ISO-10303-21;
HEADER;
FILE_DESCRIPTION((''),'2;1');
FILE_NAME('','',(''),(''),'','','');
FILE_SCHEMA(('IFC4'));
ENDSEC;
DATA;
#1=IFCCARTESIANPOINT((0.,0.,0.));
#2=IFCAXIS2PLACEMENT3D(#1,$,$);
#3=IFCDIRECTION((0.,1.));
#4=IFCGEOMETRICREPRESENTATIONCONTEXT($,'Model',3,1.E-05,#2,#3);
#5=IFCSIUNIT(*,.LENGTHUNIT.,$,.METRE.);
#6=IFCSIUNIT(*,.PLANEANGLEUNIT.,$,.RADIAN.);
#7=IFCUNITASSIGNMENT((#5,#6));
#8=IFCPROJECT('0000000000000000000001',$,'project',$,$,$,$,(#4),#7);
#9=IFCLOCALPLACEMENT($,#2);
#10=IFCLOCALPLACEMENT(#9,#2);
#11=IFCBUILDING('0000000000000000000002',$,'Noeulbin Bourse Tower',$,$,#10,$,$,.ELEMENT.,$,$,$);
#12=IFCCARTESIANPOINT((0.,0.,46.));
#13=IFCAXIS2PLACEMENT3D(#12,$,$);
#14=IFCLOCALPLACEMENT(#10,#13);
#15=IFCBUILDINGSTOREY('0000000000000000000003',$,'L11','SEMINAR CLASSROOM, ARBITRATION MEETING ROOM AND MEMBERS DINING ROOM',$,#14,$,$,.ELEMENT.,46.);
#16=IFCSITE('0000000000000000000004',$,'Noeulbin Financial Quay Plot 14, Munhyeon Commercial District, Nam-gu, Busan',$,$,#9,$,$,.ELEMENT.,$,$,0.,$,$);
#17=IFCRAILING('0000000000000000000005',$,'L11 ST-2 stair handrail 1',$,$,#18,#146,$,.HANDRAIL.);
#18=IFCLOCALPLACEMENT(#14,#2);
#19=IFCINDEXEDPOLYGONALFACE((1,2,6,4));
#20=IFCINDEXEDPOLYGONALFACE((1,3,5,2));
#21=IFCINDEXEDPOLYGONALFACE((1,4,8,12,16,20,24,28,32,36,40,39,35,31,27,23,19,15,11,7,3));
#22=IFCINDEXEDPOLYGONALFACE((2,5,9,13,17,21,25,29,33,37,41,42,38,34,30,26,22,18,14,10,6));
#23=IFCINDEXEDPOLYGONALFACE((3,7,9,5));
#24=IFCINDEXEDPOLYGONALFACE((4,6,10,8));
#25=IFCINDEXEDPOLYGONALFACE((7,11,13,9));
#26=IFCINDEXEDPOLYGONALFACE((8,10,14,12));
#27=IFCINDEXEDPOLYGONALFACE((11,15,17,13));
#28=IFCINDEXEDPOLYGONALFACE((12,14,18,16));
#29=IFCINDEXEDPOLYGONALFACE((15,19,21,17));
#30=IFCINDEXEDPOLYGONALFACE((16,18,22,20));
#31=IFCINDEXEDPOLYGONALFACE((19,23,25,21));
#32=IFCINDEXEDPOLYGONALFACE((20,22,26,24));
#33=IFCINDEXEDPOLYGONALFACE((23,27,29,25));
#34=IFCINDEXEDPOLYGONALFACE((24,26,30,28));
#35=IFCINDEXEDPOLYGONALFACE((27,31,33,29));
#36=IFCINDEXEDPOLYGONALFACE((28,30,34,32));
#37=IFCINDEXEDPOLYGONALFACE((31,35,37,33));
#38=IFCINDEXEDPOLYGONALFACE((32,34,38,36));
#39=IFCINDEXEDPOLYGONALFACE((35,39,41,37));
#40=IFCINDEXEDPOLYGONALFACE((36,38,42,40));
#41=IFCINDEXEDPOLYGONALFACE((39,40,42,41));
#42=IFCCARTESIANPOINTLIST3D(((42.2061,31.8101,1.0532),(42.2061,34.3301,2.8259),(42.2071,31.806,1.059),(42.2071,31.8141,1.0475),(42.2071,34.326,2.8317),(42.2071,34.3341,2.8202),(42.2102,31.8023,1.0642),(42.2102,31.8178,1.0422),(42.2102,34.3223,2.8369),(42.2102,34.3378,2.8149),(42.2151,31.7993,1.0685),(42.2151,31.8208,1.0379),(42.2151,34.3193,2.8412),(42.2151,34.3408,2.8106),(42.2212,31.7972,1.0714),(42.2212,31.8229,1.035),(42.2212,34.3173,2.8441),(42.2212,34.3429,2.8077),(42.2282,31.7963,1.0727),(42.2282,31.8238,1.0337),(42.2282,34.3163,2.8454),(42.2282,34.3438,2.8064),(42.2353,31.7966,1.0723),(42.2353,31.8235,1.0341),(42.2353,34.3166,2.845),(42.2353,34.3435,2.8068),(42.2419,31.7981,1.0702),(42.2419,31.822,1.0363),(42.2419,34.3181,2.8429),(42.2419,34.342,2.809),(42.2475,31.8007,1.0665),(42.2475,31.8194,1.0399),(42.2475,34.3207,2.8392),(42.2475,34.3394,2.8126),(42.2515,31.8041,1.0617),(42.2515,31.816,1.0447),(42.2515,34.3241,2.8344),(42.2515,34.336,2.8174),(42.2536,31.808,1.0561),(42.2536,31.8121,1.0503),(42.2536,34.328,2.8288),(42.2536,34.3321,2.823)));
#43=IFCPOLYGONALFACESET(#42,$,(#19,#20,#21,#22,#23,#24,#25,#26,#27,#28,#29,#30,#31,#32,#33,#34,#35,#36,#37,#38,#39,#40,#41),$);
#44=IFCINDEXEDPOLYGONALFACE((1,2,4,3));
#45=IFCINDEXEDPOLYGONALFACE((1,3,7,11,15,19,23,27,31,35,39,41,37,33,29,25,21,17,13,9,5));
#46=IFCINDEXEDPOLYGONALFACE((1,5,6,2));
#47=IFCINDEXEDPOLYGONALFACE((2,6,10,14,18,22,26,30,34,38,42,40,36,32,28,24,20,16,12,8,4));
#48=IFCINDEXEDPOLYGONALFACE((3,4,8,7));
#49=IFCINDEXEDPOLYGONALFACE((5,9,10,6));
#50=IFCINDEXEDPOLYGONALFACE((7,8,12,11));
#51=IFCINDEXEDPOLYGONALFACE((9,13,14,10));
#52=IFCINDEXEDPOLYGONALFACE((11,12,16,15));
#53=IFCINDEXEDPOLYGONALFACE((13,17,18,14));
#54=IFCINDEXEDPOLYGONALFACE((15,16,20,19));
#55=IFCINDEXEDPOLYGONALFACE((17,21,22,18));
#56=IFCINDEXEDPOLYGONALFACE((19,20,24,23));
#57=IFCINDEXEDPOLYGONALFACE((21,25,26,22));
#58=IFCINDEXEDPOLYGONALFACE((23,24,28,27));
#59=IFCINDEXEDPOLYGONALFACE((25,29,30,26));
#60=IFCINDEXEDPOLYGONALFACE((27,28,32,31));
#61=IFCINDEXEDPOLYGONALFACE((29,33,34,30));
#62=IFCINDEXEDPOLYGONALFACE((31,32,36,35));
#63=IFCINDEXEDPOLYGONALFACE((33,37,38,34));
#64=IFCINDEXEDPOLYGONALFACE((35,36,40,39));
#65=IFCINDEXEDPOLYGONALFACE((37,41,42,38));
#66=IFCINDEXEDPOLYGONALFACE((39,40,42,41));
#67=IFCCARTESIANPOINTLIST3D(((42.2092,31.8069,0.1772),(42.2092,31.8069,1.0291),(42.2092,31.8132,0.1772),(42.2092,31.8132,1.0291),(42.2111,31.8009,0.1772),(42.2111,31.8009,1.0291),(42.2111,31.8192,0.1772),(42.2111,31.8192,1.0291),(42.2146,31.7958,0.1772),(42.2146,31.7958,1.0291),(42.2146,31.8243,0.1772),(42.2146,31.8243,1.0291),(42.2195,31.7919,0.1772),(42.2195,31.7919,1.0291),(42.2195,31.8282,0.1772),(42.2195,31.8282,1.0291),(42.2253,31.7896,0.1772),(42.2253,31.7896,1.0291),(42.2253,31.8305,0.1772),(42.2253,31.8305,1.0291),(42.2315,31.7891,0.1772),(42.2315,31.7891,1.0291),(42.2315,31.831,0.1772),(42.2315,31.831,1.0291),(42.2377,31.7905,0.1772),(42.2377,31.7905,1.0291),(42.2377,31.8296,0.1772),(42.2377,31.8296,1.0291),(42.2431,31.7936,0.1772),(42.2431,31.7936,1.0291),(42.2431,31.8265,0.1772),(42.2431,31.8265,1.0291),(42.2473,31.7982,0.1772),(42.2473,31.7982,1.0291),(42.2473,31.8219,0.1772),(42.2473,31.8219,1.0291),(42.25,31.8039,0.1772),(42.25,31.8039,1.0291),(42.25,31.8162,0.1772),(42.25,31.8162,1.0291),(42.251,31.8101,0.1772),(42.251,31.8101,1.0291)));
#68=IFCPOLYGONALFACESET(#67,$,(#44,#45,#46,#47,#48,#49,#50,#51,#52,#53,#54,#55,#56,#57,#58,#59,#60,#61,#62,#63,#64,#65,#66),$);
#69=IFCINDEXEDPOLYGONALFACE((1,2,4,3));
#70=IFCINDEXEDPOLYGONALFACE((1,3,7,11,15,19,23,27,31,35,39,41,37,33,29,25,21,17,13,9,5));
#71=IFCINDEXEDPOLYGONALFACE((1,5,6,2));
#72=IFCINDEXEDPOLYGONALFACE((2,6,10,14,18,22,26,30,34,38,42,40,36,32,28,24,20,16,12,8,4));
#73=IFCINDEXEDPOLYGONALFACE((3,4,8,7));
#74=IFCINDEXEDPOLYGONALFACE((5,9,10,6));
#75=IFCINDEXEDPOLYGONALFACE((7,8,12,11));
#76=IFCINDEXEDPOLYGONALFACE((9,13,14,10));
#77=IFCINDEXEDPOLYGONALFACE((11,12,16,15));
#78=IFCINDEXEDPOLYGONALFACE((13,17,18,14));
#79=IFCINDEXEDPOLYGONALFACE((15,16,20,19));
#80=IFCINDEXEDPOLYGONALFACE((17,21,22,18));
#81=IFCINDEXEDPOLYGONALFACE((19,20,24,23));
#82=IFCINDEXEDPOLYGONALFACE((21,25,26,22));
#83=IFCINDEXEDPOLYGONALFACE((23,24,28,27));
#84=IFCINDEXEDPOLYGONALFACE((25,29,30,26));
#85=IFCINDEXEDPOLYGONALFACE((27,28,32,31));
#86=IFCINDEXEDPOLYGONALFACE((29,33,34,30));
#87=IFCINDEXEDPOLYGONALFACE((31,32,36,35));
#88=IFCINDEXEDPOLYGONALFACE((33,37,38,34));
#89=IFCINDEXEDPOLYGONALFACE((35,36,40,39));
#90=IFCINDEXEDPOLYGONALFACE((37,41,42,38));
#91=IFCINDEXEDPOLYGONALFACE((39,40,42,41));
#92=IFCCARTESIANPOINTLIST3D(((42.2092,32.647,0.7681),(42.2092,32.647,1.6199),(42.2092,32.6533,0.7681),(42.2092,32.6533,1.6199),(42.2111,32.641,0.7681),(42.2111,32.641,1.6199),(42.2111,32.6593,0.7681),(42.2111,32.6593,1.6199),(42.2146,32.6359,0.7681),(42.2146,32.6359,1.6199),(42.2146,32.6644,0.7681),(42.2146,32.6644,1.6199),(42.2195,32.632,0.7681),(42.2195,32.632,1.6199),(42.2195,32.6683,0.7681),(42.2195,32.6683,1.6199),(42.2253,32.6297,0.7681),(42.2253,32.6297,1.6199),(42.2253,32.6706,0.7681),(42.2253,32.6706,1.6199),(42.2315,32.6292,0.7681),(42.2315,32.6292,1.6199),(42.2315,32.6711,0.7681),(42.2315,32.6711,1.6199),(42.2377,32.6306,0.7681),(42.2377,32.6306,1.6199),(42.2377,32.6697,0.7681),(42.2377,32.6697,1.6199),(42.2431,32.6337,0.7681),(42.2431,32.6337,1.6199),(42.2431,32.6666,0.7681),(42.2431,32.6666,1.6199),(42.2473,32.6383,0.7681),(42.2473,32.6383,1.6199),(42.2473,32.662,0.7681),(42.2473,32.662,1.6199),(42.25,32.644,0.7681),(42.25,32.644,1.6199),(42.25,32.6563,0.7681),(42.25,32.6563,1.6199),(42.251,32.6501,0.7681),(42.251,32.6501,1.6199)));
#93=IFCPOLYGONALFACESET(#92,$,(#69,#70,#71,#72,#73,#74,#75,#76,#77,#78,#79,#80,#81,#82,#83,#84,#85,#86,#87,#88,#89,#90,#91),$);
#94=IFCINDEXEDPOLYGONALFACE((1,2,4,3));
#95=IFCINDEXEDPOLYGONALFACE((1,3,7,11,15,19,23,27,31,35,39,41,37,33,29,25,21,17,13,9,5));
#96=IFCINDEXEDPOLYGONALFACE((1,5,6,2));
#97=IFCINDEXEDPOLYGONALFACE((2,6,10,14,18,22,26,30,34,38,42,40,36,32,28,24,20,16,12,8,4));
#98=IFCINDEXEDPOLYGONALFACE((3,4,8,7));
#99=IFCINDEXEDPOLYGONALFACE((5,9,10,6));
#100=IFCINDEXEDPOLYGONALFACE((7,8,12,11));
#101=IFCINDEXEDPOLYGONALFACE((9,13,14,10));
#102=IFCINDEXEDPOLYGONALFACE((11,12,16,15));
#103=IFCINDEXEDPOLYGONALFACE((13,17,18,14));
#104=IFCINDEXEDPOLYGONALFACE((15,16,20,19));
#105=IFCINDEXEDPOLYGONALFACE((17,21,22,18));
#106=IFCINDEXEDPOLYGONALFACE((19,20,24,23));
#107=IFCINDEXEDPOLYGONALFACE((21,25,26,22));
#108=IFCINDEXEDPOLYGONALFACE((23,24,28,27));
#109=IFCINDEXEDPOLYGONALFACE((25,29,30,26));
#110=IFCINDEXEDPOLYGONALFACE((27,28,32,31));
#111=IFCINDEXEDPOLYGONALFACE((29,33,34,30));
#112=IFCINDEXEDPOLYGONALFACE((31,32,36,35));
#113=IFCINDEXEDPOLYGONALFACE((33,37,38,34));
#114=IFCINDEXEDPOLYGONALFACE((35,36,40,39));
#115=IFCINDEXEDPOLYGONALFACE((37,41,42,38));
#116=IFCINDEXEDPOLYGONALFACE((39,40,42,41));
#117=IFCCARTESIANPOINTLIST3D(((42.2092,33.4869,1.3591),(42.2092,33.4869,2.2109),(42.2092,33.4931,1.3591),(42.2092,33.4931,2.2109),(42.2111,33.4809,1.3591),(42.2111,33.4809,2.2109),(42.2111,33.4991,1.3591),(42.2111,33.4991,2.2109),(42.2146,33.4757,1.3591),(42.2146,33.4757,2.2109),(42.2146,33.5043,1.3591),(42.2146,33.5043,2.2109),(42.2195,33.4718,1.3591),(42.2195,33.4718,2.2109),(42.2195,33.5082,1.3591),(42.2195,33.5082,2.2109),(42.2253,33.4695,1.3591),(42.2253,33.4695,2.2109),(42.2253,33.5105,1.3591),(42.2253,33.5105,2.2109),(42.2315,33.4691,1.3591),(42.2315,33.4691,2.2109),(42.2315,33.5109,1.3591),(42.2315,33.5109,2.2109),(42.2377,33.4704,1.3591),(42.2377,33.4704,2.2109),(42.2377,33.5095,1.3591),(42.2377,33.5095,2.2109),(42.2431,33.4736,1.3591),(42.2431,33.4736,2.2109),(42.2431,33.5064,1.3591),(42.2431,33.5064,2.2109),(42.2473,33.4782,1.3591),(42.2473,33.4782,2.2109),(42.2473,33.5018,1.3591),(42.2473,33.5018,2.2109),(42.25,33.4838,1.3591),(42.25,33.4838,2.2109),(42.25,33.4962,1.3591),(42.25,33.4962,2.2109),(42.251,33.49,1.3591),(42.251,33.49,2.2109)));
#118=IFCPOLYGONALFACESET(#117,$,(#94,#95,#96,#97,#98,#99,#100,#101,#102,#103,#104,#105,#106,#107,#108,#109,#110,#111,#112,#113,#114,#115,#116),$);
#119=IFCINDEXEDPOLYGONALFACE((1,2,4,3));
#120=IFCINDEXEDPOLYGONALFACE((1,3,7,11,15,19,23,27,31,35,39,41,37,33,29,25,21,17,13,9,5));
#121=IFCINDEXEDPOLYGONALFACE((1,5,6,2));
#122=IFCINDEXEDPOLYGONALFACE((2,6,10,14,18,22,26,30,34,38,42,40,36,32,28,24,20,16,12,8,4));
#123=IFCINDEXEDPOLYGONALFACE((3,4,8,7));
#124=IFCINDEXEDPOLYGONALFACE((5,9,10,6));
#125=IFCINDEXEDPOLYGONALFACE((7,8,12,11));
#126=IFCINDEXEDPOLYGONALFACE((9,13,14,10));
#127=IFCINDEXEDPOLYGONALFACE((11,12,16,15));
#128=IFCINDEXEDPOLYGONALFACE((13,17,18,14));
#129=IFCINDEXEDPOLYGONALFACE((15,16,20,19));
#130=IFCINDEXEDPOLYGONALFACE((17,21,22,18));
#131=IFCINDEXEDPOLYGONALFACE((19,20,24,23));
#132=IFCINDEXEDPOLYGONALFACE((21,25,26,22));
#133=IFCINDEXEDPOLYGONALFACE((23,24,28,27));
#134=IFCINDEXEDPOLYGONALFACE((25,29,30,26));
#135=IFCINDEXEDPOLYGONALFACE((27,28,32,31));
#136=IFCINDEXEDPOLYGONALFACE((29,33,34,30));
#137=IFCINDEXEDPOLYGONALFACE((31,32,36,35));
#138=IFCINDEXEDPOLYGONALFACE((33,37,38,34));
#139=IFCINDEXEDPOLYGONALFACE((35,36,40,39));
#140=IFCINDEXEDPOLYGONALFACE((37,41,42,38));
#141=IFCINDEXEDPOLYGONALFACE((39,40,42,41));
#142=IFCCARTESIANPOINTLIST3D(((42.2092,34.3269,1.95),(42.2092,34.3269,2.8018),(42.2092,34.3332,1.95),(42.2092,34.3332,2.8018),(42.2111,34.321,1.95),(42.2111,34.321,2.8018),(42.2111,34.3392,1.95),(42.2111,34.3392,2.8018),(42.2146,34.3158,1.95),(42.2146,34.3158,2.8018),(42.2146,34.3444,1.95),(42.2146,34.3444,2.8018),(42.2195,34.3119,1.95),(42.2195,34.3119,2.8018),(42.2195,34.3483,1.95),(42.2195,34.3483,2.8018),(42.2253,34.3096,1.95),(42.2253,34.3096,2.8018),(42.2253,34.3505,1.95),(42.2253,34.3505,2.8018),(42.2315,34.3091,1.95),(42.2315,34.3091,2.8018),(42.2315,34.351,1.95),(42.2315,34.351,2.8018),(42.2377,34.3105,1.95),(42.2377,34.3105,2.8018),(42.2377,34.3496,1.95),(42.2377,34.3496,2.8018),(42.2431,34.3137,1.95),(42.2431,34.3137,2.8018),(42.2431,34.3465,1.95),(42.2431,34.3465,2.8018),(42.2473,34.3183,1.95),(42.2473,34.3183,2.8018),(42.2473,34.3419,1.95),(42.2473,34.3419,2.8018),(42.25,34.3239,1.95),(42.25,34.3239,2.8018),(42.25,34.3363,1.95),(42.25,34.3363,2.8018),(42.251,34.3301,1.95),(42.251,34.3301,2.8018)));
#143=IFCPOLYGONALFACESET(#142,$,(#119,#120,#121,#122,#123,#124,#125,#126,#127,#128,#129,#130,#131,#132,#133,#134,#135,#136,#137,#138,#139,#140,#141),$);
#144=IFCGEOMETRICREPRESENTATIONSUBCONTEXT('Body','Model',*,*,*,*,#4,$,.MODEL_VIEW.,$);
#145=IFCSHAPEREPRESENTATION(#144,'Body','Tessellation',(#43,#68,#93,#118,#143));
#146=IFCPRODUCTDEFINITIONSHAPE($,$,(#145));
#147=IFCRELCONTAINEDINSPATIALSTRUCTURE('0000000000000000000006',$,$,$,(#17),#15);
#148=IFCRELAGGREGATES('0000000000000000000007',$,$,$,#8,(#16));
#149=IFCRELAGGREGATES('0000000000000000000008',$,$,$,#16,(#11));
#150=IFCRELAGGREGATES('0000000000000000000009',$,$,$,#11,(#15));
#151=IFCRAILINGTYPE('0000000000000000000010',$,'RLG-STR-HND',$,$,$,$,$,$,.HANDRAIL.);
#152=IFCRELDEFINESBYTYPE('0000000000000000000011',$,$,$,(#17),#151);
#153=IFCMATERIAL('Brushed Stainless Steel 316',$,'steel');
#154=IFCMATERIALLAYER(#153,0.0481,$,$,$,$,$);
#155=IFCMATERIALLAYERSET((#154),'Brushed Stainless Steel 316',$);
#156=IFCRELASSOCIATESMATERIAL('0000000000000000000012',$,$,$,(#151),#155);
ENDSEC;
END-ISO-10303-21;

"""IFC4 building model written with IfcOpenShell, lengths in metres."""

from ifc_helpers import new_model, si_unit, direction, frame, origin, origin_2d, place, context, subcontext, project, spatial, circle, extrude, material, layer, layer_set, type_object, element, save


model = new_model("IFC4")

# Units and contexts
model_context = context("Model", 3, precision=1e-05, world=origin(), true_north=direction((0.0, 1.0)))
body_context = subcontext(model_context, "Body", "Model", "MODEL_VIEW")
ifc_project = project(units=[si_unit("LENGTHUNIT", "METRE"), si_unit("PLANEANGLEUNIT", "RADIAN")], contexts=[model_context])

# Site, building, storey
site_placement = place(None, origin())
site = spatial("IfcSite", under=ifc_project, at=site_placement, Name="Noeulbin Financial Quay Plot 14, Munhyeon Commercial District, Nam-gu, Busan", CompositionType="ELEMENT", RefElevation=0.0)
building_placement = place(site_placement, origin())
building = spatial("IfcBuilding", under=site, at=building_placement, Name="Noeulbin Bourse Tower", CompositionType="ELEMENT")
storey_placement = place(building_placement, frame((0.0, 0.0, 46.0)))
storey = spatial("IfcBuildingStorey", under=building, at=storey_placement, Name="L11", Description="SEMINAR CLASSROOM, ARBITRATION MEETING ROOM AND MEMBERS DINING ROOM", CompositionType="ELEMENT", Elevation=46.0)

# Railing
ifc_material_1 = material(Name="Brushed Stainless Steel 316", Category="steel")
ifc_layer_1 = layer(ifc_material_1, 0.0481)
ifc_layer_set_1 = layer_set([ifc_layer_1], Name="Brushed Stainless Steel 316")
railing_type_1 = type_object("IfcRailingType", Name="RLG-STR-HND", PredefinedType="HANDRAIL", material=ifc_layer_set_1)
railing_1_placement = place(storey_placement, frame((42.23, 31.8101, 0.1772)))
element("IfcRailing", 1, at=railing_1_placement, inside=storey, type_object=railing_type_1, Name="L11 ST-2 stair handrail 1", PredefinedType="HANDRAIL", context=body_context, shape_type="SweptSolid", body=[
    extrude(circle(Radius=0.0239, at=origin_2d()), frame((0.0, 0.0, 0.876), z_axis=(0.0, 0.817904, 0.575354), x_axis=(-1.0, 0.0, 0.0)), (0.0, 0.0, 1.0), 3.0811),
    extrude(circle(Radius=0.021, at=origin_2d()), origin(), (0.0, 0.0, 1.0), 0.8518),
    extrude(circle(Radius=0.021, at=origin_2d()), frame((0.0, 0.8401, 0.5908)), (0.0, 0.0, 1.0), 0.8518),
    extrude(circle(Radius=0.021, at=origin_2d()), frame((0.0, 1.6799, 1.1819)), (0.0, 0.0, 1.0), 0.8518),
    extrude(circle(Radius=0.021, at=origin_2d()), frame((0.0, 2.52, 1.7727)), (0.0, 0.0, 1.0), 0.8518),
])

save(model, "model.ifc")
